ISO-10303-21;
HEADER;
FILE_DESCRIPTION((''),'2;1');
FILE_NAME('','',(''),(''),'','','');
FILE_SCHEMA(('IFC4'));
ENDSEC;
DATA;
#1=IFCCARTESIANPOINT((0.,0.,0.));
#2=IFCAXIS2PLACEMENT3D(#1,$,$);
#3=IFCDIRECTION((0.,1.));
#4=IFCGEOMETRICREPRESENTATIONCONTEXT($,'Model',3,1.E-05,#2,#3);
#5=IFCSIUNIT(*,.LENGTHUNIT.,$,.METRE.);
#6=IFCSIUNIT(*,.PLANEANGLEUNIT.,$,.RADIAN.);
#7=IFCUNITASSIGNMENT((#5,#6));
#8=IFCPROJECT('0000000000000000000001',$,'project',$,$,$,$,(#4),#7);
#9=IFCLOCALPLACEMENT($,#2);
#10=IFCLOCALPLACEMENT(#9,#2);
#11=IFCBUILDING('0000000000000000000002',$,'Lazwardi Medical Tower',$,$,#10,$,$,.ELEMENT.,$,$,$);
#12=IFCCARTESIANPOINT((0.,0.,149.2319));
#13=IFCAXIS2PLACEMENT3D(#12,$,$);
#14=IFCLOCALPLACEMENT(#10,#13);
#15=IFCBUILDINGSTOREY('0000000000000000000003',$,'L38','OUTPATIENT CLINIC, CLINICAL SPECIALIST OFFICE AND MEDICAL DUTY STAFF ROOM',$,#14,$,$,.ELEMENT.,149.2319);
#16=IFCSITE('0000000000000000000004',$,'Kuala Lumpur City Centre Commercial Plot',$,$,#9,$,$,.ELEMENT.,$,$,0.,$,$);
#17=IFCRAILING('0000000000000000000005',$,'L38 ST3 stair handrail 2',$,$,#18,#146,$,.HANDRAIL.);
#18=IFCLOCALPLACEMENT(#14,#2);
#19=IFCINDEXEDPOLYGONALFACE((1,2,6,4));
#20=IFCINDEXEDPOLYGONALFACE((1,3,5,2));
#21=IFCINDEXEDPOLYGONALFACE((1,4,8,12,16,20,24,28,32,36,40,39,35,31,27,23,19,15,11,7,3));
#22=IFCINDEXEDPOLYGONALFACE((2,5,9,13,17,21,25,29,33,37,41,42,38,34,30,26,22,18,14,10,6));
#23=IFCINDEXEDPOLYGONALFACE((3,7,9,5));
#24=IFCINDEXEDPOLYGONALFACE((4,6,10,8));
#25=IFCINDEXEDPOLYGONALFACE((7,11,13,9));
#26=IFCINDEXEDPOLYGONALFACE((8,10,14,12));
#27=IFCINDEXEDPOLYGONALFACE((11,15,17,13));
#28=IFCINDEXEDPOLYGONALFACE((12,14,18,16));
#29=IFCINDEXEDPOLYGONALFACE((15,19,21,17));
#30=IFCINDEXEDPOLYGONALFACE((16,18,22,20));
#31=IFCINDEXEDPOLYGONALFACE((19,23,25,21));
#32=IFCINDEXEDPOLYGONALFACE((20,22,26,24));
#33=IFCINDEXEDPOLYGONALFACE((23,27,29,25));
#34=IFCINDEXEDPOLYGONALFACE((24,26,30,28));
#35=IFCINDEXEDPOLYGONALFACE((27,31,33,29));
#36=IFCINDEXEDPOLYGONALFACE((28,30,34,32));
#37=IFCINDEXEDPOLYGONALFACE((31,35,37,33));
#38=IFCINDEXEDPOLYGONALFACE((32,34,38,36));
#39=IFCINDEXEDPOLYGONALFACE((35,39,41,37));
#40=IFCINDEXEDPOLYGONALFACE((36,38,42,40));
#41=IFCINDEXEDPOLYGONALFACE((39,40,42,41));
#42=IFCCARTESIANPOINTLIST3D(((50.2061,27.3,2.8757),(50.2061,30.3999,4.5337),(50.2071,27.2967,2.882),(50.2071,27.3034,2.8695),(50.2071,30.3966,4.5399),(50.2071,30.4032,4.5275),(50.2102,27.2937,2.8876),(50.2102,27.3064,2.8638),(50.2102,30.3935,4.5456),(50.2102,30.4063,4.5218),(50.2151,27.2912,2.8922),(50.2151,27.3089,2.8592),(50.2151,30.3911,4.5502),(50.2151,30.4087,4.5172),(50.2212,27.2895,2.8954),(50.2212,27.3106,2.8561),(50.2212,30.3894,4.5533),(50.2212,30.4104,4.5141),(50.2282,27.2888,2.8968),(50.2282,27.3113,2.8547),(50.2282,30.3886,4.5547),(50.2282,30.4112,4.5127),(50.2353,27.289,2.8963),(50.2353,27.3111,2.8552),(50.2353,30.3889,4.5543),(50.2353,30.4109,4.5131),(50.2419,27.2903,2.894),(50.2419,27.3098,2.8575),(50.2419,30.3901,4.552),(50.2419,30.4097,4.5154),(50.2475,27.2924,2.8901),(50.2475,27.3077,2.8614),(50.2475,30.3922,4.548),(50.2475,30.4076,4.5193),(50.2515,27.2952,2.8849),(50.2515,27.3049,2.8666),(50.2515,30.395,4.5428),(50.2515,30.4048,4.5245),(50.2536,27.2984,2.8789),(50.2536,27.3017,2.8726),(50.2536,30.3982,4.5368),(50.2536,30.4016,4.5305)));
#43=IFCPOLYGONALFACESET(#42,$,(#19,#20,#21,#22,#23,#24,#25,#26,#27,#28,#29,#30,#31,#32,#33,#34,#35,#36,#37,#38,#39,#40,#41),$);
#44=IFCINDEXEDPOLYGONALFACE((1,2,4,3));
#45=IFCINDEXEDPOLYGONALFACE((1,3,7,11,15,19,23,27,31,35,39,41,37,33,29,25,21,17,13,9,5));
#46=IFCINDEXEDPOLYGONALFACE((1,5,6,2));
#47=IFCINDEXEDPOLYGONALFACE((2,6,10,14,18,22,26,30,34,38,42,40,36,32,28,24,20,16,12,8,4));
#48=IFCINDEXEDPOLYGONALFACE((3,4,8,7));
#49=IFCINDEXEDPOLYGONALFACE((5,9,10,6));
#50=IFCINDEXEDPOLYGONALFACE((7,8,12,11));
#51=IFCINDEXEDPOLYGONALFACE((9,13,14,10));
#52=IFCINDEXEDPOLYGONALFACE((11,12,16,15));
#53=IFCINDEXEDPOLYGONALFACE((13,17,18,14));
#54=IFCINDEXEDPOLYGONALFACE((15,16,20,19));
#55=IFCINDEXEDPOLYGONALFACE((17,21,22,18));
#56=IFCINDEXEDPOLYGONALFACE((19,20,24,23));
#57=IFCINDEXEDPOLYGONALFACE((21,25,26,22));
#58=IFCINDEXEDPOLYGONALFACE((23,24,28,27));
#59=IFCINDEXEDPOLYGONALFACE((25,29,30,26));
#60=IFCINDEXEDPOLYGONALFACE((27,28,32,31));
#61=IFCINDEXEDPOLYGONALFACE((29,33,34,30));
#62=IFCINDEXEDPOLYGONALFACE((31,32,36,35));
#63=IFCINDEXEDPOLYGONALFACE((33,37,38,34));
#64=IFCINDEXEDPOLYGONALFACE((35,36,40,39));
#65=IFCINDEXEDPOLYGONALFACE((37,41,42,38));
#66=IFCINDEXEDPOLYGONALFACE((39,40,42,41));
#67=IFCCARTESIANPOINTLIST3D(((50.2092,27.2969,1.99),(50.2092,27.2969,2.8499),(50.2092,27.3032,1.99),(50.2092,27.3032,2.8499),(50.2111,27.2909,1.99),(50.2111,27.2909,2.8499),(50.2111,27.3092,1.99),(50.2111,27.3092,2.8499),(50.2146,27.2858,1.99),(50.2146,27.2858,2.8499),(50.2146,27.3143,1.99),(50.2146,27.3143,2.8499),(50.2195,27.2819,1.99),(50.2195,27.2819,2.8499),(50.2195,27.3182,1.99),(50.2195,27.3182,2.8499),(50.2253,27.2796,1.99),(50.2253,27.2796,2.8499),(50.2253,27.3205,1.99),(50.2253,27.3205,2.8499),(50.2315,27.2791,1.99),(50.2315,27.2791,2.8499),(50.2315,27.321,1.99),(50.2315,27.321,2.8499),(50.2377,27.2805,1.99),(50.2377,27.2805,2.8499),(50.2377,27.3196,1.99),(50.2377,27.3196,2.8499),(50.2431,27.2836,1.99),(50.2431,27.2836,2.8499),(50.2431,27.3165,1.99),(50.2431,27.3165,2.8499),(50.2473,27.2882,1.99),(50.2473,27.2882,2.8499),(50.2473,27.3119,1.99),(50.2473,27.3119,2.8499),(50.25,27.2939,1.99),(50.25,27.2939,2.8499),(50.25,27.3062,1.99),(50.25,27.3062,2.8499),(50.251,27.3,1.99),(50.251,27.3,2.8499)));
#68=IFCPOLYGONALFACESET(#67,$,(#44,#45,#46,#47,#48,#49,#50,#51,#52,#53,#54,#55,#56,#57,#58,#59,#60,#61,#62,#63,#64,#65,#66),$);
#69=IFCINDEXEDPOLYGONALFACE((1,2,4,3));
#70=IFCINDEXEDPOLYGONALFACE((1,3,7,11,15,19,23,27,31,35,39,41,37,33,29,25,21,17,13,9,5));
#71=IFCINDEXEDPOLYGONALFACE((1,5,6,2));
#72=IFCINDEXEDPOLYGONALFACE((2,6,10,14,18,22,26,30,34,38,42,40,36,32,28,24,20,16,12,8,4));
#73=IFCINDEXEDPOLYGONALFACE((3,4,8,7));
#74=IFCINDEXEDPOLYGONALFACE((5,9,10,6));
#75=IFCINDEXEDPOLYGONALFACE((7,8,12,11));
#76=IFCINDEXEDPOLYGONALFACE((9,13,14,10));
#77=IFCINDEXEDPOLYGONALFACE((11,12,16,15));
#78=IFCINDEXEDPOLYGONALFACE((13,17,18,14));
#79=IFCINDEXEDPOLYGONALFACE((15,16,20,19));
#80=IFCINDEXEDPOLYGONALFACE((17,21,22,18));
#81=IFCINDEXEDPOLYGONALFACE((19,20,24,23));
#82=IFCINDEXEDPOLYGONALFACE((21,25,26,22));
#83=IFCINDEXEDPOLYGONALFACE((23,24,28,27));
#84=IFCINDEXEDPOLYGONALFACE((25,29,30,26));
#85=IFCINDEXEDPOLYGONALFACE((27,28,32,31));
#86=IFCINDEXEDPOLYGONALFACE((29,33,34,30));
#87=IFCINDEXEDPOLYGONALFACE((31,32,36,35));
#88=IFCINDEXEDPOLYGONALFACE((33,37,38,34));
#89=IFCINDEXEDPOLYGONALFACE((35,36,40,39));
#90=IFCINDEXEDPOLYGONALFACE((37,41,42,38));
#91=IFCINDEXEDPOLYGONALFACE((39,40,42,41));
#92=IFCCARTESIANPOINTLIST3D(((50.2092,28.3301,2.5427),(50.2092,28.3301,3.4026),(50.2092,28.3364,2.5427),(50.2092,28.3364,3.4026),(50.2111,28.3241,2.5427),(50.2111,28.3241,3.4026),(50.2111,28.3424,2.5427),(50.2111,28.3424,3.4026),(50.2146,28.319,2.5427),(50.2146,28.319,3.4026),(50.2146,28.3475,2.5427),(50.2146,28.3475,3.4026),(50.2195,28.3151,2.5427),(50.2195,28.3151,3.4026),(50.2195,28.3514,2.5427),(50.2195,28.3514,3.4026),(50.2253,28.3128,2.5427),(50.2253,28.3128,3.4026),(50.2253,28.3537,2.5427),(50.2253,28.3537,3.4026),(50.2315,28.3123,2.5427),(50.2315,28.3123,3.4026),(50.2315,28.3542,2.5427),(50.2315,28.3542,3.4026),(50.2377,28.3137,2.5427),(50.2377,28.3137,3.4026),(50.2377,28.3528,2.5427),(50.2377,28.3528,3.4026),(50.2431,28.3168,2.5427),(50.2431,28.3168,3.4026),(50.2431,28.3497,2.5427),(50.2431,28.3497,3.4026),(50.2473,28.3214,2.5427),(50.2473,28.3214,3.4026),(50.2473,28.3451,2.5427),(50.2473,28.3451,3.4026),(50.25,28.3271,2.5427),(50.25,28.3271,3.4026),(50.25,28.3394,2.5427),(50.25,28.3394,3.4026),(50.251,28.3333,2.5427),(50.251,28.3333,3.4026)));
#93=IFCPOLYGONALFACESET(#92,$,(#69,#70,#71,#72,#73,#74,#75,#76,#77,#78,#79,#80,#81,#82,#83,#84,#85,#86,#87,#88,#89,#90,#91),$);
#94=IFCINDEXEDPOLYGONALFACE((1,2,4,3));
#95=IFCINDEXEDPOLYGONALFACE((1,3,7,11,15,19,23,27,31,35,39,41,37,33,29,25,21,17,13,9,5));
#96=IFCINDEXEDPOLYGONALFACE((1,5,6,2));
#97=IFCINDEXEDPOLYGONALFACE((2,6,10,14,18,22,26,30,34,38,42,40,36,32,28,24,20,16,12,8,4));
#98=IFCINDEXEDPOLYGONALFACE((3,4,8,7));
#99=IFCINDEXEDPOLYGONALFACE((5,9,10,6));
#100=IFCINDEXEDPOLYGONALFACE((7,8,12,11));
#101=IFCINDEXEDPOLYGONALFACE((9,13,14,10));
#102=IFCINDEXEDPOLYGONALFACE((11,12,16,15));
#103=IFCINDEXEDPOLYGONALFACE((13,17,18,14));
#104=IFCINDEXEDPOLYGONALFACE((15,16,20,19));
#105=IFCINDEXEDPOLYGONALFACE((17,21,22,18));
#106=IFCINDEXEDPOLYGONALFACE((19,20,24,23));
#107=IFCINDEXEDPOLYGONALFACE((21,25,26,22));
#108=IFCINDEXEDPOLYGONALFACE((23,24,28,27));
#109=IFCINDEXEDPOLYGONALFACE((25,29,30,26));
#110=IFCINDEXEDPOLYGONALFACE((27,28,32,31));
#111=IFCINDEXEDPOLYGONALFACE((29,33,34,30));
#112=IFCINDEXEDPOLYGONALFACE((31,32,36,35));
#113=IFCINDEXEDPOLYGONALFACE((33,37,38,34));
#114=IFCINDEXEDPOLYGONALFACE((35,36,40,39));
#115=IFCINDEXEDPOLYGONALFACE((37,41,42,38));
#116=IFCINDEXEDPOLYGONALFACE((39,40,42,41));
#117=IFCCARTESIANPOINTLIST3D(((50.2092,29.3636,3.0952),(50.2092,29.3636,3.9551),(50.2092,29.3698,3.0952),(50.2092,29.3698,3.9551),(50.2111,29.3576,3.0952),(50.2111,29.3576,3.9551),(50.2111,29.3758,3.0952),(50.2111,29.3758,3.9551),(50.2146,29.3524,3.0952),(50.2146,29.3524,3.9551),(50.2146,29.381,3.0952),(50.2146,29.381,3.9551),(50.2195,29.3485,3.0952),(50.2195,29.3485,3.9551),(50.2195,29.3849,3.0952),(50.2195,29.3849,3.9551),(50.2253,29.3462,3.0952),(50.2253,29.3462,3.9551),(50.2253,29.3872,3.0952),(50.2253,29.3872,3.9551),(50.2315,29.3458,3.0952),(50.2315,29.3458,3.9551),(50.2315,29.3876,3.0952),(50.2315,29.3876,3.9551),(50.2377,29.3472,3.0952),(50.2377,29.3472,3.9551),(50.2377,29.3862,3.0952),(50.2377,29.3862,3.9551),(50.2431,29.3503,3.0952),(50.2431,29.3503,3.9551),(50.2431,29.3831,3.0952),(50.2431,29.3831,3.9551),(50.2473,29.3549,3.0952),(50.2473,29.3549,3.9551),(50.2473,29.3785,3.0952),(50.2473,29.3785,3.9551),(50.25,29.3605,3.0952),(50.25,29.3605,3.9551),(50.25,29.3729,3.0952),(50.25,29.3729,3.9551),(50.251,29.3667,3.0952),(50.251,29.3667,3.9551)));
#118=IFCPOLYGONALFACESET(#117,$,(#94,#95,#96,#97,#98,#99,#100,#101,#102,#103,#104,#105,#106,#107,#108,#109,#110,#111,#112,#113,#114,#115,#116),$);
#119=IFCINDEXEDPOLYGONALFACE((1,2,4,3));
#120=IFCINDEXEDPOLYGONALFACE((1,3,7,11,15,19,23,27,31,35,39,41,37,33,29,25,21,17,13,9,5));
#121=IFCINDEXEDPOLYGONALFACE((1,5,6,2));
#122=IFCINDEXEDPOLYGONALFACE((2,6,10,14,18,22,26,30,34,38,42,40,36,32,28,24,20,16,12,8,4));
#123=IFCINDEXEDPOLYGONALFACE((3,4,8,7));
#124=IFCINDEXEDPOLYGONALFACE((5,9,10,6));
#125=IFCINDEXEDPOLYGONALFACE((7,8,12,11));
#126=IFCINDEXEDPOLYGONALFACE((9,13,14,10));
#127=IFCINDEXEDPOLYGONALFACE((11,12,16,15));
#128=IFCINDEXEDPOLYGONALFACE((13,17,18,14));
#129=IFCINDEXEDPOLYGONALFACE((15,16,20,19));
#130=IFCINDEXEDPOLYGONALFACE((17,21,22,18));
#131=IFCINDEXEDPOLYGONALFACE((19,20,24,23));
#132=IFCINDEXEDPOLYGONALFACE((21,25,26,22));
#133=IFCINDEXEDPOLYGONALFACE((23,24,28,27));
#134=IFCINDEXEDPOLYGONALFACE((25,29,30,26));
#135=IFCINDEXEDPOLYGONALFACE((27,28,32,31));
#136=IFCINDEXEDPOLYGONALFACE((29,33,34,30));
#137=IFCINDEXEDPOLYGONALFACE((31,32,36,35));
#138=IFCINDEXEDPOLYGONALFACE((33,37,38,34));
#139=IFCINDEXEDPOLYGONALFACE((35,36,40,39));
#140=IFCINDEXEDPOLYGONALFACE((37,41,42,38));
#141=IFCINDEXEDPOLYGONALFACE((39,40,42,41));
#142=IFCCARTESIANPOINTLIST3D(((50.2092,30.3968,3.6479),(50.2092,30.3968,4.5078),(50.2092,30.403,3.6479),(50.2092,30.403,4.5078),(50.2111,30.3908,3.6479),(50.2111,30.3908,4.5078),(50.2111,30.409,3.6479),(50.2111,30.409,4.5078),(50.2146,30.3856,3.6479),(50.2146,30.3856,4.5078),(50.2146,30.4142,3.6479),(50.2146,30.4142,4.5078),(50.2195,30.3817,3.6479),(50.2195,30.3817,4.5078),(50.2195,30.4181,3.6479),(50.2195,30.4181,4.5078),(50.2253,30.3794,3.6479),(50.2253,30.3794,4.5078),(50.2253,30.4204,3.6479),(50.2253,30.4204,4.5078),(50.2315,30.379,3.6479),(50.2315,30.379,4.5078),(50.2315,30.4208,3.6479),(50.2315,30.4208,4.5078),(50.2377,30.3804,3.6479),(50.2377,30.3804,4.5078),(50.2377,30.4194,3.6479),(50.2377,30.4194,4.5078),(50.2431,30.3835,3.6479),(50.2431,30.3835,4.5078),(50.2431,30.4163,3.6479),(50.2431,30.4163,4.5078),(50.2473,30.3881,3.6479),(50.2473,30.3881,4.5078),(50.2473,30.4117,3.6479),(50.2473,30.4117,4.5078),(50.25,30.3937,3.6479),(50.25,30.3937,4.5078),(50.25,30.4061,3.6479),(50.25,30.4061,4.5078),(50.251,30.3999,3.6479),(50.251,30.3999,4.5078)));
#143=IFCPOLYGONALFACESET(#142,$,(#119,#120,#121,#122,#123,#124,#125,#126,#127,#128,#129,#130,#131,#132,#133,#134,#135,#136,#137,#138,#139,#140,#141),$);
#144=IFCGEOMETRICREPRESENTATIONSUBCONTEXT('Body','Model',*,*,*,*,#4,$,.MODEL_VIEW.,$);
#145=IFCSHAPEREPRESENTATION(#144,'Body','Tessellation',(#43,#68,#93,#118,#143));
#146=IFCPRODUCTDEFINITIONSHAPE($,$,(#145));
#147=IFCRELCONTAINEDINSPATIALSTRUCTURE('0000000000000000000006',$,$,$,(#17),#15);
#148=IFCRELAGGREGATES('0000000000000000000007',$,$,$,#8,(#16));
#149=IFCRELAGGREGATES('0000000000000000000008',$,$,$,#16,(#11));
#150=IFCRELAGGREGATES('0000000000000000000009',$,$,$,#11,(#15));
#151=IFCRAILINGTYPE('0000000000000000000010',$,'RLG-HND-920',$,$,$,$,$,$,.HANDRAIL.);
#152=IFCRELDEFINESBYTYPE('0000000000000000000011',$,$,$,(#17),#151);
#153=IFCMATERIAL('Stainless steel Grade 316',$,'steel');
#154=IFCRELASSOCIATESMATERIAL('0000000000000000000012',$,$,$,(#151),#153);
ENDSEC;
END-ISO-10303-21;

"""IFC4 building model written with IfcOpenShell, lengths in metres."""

from ifc_helpers import new_model, si_unit, direction, frame, origin, origin_2d, place, context, subcontext, project, spatial, circle, extrude, material, type_object, element, save


model = new_model("IFC4")

# Units and contexts
model_context = context("Model", 3, precision=1e-05, world=origin(), true_north=direction((0.0, 1.0)))
body_context = subcontext(model_context, "Body", "Model", "MODEL_VIEW")
ifc_project = project(units=[si_unit("LENGTHUNIT", "METRE"), si_unit("PLANEANGLEUNIT", "RADIAN")], contexts=[model_context])

# Site, building, storey
site_placement = place(None, origin())
site = spatial("IfcSite", under=ifc_project, at=site_placement, Name="Kuala Lumpur City Centre Commercial Plot", CompositionType="ELEMENT", RefElevation=0.0)
building_placement = place(site_placement, origin())
building = spatial("IfcBuilding", under=site, at=building_placement, Name="Lazwardi Medical Tower", CompositionType="ELEMENT")
storey_placement = place(building_placement, frame((0.0, 0.0, 149.2319)))
storey = spatial("IfcBuildingStorey", under=building, at=storey_placement, Name="L38", Description="OUTPATIENT CLINIC, CLINICAL SPECIALIST OFFICE AND MEDICAL DUTY STAFF ROOM", CompositionType="ELEMENT", Elevation=149.2319)

# Railing
ifc_material_1 = material(Name="Stainless steel Grade 316", Category="steel")
railing_type_1 = type_object("IfcRailingType", Name="RLG-HND-920", PredefinedType="HANDRAIL", material=ifc_material_1)
railing_1_placement = place(storey_placement, frame((50.23, 27.3, 1.99)))
element("IfcRailing", 1, at=railing_1_placement, inside=storey, type_object=railing_type_1, Name="L38 ST3 stair handrail 2", PredefinedType="HANDRAIL", context=body_context, shape_type="SweptSolid", body=[
    extrude(circle(Radius=0.0239, at=origin_2d()), frame((0.0, 0.0, 0.8857), z_axis=(0.0, 0.881797, 0.47163), x_axis=(-1.0, 0.0, 0.0)), (0.0, 0.0, 1.0), 3.5154),
    extrude(circle(Radius=0.021, at=origin_2d()), origin(), (0.0, 0.0, 1.0), 0.8599),
    extrude(circle(Radius=0.021, at=origin_2d()), frame((0.0, 1.0332, 0.5527)), (0.0, 0.0, 1.0), 0.8599),
    extrude(circle(Radius=0.021, at=origin_2d()), frame((0.0, 2.0667, 1.1052)), (0.0, 0.0, 1.0), 0.8599),
    extrude(circle(Radius=0.021, at=origin_2d()), frame((0.0, 3.0999, 1.658)), (0.0, 0.0, 1.0), 0.8599),
])

save(model, "model.ifc")
